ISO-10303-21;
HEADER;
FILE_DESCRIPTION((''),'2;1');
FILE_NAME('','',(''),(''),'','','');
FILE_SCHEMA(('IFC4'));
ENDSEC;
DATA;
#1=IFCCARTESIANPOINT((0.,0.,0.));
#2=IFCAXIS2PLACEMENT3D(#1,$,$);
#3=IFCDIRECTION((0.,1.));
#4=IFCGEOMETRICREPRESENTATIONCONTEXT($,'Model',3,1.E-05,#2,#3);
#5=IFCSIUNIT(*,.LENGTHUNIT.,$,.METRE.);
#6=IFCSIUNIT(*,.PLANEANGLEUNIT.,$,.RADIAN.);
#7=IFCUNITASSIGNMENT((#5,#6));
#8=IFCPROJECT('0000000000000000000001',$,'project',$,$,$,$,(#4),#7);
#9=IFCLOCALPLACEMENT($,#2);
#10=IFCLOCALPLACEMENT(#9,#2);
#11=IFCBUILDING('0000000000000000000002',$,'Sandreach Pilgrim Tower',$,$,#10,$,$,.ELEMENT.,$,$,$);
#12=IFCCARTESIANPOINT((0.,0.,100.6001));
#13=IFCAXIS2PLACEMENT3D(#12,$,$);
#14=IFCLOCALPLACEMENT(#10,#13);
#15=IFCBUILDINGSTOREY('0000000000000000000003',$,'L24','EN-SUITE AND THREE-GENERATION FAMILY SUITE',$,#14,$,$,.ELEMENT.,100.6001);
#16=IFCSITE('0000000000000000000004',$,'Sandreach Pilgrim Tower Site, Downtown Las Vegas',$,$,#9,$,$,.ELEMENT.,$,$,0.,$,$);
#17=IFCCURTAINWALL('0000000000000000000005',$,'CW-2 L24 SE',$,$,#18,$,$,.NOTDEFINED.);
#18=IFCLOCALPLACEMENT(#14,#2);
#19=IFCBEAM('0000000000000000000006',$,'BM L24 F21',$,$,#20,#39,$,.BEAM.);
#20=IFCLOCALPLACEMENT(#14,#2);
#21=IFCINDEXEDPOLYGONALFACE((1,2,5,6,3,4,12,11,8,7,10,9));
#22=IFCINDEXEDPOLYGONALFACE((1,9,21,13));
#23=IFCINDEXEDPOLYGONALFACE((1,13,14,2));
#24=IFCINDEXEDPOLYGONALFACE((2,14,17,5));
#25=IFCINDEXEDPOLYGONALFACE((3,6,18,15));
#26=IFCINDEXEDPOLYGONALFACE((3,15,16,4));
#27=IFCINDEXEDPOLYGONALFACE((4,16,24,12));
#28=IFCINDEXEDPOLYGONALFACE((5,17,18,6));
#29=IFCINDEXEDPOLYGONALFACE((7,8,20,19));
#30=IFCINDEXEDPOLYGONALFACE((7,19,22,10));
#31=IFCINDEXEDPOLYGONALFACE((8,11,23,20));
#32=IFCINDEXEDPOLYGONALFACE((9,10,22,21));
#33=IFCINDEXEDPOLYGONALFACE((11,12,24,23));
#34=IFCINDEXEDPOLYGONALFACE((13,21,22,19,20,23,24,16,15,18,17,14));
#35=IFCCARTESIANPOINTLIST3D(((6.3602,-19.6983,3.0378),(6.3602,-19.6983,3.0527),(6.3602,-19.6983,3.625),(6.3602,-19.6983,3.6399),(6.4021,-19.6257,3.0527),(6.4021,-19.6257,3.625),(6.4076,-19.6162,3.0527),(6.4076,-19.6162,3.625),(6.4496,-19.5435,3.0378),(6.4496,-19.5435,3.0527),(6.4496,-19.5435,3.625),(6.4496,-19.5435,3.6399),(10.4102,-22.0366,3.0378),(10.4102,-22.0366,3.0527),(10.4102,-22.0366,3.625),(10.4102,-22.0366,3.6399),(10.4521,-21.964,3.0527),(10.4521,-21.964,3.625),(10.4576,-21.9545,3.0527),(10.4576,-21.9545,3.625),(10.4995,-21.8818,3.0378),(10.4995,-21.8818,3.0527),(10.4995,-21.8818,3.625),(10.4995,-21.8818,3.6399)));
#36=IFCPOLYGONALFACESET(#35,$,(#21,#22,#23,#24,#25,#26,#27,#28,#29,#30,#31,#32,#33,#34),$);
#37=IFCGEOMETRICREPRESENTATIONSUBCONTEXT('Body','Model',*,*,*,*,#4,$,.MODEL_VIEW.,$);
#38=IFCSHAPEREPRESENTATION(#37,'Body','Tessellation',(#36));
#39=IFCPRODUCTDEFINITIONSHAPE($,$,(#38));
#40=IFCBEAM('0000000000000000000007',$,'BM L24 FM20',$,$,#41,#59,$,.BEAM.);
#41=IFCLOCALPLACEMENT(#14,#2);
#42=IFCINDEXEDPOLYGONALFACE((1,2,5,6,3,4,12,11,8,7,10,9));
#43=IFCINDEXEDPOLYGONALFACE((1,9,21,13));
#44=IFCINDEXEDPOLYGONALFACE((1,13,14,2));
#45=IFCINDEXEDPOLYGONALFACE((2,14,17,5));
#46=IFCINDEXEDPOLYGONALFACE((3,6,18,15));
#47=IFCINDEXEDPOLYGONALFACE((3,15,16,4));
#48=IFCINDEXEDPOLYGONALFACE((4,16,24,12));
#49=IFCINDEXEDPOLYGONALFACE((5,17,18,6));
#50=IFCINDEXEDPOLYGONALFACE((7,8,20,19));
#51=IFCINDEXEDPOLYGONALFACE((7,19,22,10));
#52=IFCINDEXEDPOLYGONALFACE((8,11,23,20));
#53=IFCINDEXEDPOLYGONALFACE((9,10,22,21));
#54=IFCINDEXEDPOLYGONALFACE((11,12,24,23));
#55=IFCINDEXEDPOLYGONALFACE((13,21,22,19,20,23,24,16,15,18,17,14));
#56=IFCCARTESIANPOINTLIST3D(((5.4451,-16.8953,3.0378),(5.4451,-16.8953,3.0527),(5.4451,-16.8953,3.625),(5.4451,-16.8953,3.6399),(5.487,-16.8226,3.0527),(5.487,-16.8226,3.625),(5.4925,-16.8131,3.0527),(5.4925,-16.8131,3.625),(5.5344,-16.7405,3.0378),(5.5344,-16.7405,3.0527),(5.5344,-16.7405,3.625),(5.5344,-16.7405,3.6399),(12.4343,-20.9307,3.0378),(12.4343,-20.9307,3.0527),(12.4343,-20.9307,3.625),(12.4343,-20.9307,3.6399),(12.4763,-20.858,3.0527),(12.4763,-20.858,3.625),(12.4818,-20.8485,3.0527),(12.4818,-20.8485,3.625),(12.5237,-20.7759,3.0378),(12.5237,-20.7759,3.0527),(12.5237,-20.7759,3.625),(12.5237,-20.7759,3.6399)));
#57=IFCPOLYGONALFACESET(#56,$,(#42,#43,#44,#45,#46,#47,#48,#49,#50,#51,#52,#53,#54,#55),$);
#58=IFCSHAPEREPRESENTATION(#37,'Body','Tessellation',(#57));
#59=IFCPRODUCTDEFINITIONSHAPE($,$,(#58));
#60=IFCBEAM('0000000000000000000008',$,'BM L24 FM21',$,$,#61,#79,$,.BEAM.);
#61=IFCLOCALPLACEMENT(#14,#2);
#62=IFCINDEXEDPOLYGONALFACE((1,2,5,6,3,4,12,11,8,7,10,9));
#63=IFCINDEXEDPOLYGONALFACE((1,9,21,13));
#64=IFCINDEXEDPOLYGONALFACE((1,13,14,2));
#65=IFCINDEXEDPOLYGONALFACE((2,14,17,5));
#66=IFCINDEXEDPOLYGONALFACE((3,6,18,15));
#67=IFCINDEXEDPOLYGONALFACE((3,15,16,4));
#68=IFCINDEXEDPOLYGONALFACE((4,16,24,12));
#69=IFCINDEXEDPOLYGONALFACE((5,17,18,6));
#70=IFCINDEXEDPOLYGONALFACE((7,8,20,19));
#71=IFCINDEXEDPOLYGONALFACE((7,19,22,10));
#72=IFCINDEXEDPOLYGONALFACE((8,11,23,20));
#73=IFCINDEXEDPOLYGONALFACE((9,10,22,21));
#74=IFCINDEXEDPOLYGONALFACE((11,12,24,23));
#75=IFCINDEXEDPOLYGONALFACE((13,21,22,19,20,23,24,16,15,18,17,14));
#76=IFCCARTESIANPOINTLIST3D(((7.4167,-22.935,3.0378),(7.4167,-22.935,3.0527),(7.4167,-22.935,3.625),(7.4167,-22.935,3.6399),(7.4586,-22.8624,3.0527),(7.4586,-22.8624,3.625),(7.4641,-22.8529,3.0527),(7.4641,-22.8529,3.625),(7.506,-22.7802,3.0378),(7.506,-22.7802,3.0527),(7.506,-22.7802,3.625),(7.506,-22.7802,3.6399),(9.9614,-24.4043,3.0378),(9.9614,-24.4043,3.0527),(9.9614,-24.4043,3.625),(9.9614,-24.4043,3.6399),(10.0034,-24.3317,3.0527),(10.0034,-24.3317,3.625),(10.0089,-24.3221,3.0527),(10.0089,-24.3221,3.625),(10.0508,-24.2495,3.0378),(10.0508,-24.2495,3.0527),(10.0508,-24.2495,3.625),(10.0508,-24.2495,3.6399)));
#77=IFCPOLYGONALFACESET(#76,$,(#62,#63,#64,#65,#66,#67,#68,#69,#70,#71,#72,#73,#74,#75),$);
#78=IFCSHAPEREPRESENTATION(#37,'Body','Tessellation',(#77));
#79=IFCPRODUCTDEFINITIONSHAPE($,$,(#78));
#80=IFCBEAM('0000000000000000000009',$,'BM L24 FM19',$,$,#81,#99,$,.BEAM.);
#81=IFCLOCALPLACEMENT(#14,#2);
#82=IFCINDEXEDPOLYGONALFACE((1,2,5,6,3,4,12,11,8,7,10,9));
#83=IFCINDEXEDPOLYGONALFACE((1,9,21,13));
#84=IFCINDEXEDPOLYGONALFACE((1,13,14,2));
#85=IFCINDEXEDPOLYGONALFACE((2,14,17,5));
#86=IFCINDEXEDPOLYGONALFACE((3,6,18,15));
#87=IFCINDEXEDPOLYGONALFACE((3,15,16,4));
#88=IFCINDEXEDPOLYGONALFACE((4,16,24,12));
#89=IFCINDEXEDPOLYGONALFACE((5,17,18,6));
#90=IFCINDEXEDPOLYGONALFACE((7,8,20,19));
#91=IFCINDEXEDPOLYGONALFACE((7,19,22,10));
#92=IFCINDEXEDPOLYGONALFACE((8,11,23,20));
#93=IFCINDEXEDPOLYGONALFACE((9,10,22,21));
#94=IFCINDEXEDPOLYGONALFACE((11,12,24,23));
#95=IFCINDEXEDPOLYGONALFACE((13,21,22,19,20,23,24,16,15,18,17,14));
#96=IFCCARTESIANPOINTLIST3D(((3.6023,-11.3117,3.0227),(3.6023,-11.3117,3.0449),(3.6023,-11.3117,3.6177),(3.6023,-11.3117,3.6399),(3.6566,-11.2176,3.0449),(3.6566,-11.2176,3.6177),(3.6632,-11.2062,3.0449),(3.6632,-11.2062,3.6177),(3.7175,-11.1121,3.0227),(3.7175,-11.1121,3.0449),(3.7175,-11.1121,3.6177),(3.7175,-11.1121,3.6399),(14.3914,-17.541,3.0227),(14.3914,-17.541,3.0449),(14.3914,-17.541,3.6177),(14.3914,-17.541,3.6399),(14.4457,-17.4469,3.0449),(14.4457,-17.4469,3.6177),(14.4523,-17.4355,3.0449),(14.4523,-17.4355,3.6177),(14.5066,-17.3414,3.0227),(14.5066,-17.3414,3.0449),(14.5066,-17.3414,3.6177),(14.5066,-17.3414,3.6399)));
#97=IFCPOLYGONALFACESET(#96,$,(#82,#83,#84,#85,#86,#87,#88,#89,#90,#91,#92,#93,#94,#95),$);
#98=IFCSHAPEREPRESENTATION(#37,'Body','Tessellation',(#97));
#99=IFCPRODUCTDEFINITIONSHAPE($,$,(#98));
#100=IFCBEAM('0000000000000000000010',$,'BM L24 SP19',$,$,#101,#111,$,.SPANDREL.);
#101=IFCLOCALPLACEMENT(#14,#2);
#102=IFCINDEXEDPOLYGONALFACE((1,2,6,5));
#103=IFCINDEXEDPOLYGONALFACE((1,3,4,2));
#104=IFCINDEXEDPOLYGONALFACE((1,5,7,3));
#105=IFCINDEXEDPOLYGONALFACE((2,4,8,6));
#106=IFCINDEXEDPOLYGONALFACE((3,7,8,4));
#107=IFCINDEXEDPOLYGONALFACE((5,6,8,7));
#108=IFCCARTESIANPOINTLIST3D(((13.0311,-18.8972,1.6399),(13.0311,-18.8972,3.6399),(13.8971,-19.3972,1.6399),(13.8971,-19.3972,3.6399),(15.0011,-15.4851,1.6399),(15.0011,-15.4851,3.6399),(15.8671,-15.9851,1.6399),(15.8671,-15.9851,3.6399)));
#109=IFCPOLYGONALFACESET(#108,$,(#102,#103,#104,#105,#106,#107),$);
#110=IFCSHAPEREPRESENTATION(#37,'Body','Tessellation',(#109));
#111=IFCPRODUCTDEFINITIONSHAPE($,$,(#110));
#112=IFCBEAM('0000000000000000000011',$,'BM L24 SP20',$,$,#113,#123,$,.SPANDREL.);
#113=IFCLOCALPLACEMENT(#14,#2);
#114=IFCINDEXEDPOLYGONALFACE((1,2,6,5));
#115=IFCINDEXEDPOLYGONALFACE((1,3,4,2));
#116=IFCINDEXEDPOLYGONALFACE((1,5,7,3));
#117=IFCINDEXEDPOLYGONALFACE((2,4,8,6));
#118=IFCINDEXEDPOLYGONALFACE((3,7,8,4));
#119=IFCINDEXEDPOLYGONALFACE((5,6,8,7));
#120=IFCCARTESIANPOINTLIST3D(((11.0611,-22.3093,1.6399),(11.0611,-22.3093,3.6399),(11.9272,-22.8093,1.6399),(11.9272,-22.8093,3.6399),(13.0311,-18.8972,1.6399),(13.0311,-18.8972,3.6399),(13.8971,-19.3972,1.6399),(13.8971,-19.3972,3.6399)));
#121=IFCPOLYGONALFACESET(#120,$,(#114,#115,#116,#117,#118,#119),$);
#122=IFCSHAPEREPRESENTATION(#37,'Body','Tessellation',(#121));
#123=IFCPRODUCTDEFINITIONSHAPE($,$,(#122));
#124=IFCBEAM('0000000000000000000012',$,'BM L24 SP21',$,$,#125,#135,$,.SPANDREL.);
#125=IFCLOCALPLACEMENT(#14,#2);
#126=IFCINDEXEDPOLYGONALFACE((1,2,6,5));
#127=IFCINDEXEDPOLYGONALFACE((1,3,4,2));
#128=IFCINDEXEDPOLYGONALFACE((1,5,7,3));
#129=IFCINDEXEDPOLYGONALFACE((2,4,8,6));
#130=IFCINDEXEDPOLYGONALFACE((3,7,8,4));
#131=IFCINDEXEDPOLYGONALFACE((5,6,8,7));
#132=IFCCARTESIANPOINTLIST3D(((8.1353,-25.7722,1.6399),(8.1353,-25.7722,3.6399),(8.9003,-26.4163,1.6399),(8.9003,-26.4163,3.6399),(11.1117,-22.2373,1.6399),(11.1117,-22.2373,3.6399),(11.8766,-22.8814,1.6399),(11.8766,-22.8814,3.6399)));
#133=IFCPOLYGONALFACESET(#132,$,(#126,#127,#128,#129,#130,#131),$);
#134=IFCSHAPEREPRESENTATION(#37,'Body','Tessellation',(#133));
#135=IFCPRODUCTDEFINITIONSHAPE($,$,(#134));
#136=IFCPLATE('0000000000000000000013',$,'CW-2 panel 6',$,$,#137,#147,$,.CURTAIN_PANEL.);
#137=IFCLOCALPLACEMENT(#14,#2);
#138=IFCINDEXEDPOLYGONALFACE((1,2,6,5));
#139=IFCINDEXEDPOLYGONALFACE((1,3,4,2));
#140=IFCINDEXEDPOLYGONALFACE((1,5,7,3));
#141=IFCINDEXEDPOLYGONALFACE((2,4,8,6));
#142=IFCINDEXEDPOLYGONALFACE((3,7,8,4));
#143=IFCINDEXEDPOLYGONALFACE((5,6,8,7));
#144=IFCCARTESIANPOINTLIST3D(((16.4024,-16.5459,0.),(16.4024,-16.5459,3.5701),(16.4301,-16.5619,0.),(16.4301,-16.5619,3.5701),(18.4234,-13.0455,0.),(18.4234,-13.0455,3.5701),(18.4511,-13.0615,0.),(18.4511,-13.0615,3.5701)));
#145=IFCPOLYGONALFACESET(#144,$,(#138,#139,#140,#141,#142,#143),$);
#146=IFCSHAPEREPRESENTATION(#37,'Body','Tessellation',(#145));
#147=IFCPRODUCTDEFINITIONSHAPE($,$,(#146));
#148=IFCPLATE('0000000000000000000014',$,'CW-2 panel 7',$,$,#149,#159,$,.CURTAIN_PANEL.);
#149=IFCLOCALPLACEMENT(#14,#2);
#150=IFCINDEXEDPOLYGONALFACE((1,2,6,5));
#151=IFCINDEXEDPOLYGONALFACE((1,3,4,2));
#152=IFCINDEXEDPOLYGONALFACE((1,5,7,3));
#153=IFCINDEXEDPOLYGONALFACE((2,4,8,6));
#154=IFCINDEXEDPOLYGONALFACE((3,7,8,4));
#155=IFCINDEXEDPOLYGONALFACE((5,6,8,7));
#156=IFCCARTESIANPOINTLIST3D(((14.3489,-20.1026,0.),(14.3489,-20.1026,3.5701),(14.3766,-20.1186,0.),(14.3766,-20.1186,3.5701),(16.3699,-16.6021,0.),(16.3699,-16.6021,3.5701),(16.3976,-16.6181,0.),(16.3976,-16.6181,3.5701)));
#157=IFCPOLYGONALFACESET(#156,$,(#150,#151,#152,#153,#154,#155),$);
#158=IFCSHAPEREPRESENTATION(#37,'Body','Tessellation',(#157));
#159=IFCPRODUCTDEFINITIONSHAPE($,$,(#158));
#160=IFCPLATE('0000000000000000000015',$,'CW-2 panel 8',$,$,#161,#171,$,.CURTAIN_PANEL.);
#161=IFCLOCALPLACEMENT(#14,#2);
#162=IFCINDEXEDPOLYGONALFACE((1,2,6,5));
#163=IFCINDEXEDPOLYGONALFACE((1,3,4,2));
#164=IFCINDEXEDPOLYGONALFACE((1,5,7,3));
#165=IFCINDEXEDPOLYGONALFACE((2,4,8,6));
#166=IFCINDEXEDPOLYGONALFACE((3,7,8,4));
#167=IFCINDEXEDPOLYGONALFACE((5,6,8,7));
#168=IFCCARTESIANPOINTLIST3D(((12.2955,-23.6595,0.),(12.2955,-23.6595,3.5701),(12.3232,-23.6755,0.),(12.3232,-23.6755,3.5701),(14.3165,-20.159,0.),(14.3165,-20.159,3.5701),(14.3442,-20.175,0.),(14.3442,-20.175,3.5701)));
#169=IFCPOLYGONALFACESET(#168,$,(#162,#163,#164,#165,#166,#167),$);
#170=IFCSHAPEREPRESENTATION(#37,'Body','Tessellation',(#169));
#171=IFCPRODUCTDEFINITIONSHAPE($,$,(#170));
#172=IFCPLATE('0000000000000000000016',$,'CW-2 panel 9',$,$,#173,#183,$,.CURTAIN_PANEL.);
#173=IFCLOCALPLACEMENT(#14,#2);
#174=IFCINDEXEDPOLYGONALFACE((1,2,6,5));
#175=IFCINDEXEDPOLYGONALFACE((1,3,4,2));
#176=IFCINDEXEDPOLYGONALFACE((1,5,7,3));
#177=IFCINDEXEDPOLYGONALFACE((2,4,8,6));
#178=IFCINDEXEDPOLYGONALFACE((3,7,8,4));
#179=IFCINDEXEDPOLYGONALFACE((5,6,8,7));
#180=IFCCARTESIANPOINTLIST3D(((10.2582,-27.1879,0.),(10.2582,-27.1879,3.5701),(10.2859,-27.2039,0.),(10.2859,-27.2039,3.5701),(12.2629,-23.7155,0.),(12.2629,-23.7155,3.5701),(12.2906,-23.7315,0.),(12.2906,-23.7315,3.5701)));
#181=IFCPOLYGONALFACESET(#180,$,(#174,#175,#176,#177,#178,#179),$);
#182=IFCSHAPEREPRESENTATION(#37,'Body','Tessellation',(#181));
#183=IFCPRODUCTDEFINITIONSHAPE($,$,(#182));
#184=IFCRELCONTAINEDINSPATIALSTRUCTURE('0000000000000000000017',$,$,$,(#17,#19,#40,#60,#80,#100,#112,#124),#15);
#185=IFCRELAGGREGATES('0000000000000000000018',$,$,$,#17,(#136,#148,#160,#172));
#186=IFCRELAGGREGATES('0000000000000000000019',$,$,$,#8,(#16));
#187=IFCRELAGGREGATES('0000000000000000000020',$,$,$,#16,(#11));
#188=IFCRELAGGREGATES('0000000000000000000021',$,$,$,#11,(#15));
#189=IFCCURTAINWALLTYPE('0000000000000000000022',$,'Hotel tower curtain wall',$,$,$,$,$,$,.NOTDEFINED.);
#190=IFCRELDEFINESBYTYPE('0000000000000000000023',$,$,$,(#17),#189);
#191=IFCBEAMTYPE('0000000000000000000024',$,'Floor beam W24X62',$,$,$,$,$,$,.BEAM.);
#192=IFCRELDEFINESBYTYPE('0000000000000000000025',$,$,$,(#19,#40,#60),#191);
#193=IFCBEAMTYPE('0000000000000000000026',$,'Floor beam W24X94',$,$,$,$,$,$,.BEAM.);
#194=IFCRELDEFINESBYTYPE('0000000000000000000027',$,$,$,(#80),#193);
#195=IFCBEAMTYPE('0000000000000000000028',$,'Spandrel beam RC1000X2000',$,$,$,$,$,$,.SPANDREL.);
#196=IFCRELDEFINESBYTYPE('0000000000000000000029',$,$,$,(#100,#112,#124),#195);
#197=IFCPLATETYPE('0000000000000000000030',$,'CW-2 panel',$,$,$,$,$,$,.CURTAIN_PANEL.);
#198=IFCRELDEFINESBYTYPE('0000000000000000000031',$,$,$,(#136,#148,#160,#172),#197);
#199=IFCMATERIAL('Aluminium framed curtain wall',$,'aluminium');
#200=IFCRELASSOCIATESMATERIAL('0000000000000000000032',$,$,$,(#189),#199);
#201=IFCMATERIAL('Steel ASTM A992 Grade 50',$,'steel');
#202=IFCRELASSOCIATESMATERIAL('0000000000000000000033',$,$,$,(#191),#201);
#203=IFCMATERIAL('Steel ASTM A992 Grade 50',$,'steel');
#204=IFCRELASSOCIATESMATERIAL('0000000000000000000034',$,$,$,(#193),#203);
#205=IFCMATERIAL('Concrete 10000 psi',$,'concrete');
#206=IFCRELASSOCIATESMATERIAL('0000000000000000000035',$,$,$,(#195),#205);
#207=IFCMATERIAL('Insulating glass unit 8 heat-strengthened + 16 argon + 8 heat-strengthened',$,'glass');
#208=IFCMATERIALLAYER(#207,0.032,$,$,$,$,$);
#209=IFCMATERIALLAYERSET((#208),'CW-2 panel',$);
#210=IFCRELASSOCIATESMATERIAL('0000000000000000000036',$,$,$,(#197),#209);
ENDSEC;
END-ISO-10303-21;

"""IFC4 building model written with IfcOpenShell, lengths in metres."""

from ifc_helpers import new_model, si_unit, direction, frame, origin, origin_2d, place, context, subcontext, project, spatial, rectangle, i_section, extrude, material, layer, layer_set, material_profile, profile_set, type_object, element, aggregate, save


model = new_model("IFC4")

# Units and contexts
model_context = context("Model", 3, precision=1e-05, world=origin(), true_north=direction((0.0, 1.0)))
body_context = subcontext(model_context, "Body", "Model", "MODEL_VIEW")
ifc_project = project(units=[si_unit("LENGTHUNIT", "METRE"), si_unit("PLANEANGLEUNIT", "RADIAN")], contexts=[model_context])

# Site, building, storey
site_placement = place(None, origin())
site = spatial("IfcSite", under=ifc_project, at=site_placement, Name="Sandreach Pilgrim Tower Site, Downtown Las Vegas", CompositionType="ELEMENT", RefElevation=0.0)
building_placement = place(site_placement, origin())
building = spatial("IfcBuilding", under=site, at=building_placement, Name="Sandreach Pilgrim Tower", CompositionType="ELEMENT")
storey_placement = place(building_placement, frame((0.0, 0.0, 100.6001)))
storey = spatial("IfcBuildingStorey", under=building, at=storey_placement, Name="L24", Description="EN-SUITE AND THREE-GENERATION FAMILY SUITE", CompositionType="ELEMENT", Elevation=100.6001)

# Curtain wall
ifc_material_1 = material(Name="Aluminium framed curtain wall", Category="aluminium")
curtain_wall_type = type_object("IfcCurtainWallType", Name="Hotel tower curtain wall", PredefinedType="NOTDEFINED", material=ifc_material_1)
curtain_wall_1_placement = place(storey_placement, origin())
curtain_wall_1 = element("IfcCurtainWall", 1, at=curtain_wall_1_placement, inside=storey, type_object=curtain_wall_type, Name="CW-2 L24 SE", PredefinedType="NOTDEFINED")

# Beams
ifc_material_2 = material(Name="Steel ASTM A992 Grade 50", Category="steel")
ifc_material_profile_1 = material_profile(ifc_material_2, i_section(OverallWidth=0.1787, OverallDepth=0.6021, WebThickness=0.011, FlangeThickness=0.0149, at=origin_2d()), Name="W24X62")
ifc_profile_set_1 = profile_set([ifc_material_profile_1], Name="Steel ASTM A992 Grade 50")
beam_type_1 = type_object("IfcBeamType", Name="Floor beam W24X62", PredefinedType="BEAM", material=ifc_profile_set_1)
beam_1_placement = place(storey_placement, frame((10.4548, -21.9592, 3.3389), z_axis=(-0.866018, 0.500013, 0.0), x_axis=(-0.500013, -0.866018, 0.0)))
element("IfcBeam", 2, at=beam_1_placement, inside=storey, type_object=beam_type_1, Name="BM L24 F21", PredefinedType="BEAM", context=body_context, shape_type="SweptSolid", body=[
    extrude(i_section(OverallWidth=0.1787, OverallDepth=0.6021, WebThickness=0.011, FlangeThickness=0.0149, at=origin_2d()), origin(), (0.0, 0.0, 1.0), 4.6765),
])
beam_2_placement = place(storey_placement, frame((12.479, -20.8533, 3.3389), z_axis=(-0.866017, 0.500014, 0.0), x_axis=(-0.500014, -0.866017, 0.0)))
element("IfcBeam", 3, at=beam_2_placement, inside=storey, type_object=beam_type_1, Name="BM L24 FM20", PredefinedType="BEAM", context=body_context, shape_type="SweptSolid", body=[
    extrude(i_section(OverallWidth=0.1787, OverallDepth=0.6021, WebThickness=0.011, FlangeThickness=0.0149, at=origin_2d()), origin(), (0.0, 0.0, 1.0), 8.0706),
])
beam_3_placement = place(storey_placement, frame((10.0061, -24.3269, 3.3389), z_axis=(-0.866015, 0.500017, 0.0), x_axis=(-0.500017, -0.866015, 0.0)))
element("IfcBeam", 4, at=beam_3_placement, inside=storey, type_object=beam_type_1, Name="BM L24 FM21", PredefinedType="BEAM", context=body_context, shape_type="SweptSolid", body=[
    extrude(i_section(OverallWidth=0.1787, OverallDepth=0.6021, WebThickness=0.011, FlangeThickness=0.0149, at=origin_2d()), origin(), (0.0, 0.0, 1.0), 2.9385),
])
ifc_material_3 = material(Name="Steel ASTM A992 Grade 50", Category="steel")
ifc_material_profile_2 = material_profile(ifc_material_3, i_section(OverallWidth=0.2305, OverallDepth=0.6172, WebThickness=0.0132, FlangeThickness=0.0222, at=origin_2d()), Name="W24X94")
ifc_profile_set_2 = profile_set([ifc_material_profile_2], Name="Steel ASTM A992 Grade 50")
beam_type_2 = type_object("IfcBeamType", Name="Floor beam W24X94", PredefinedType="BEAM", material=ifc_profile_set_2)
beam_4_placement = place(storey_placement, frame((14.449, -17.4412, 3.3313), z_axis=(-0.866019, 0.500011, 0.0), x_axis=(-0.500011, -0.866019, 0.0)))
element("IfcBeam", 5, at=beam_4_placement, inside=storey, type_object=beam_type_2, Name="BM L24 FM19", PredefinedType="BEAM", context=body_context, shape_type="SweptSolid", body=[
    extrude(i_section(OverallWidth=0.2305, OverallDepth=0.6172, WebThickness=0.0132, FlangeThickness=0.0222, at=origin_2d()), origin(), (0.0, 0.0, 1.0), 12.4583),
])
ifc_material_4 = material(Name="Concrete 10000 psi", Category="concrete")
ifc_material_profile_3 = material_profile(ifc_material_4, rectangle(XDim=1.0, YDim=2.0, at=origin_2d()), Name="RC1000X2000")
ifc_profile_set_3 = profile_set([ifc_material_profile_3], Name="Concrete 10000 psi")
beam_type_3 = type_object("IfcBeamType", Name="Spandrel beam RC1000X2000", PredefinedType="SPANDREL", material=ifc_profile_set_3)
for number, where, z_axis, x_axis, name in (
    (6, (15.4341, -15.7351, 2.6399), (-0.499998, -0.866027, 0.0), (0.866027, -0.499998, 0.0), "BM L24 SP19"),
    (7, (13.4641, -19.1472, 2.6399), (-0.499998, -0.866027, 0.0), (0.866027, -0.499998, 0.0), "BM L24 SP20"),
):
    element("IfcBeam", number, at=place(storey_placement, frame(where, z_axis=z_axis, x_axis=x_axis)), inside=storey, type_object=beam_type_3, Name=name, PredefinedType="SPANDREL", context=body_context, shape_type="SweptSolid", body=[
        extrude(rectangle(XDim=1.0, YDim=2.0, at=origin_2d()), origin(), (0.0, 0.0, 1.0), 3.9399),
    ])
beam_5_placement = place(storey_placement, frame((11.4941, -22.5593, 2.6399), z_axis=(-0.644079, -0.764959, 0.0), x_axis=(0.764959, -0.644079, 0.0)))
element("IfcBeam", 8, at=beam_5_placement, inside=storey, type_object=beam_type_3, Name="BM L24 SP21", PredefinedType="SPANDREL", context=body_context, shape_type="SweptSolid", body=[
    extrude(rectangle(XDim=1.0, YDim=2.0, at=origin_2d()), origin(), (0.0, 0.0, 1.0), 4.6211),
])

# Plates
ifc_material_5 = material(Name="Insulating glass unit 8 heat-strengthened + 16 argon + 8 heat-strengthened", Category="glass")
ifc_layer_1 = layer(ifc_material_5, 0.032)
ifc_layer_set_1 = layer_set([ifc_layer_1], Name="CW-2 panel")
plate_type = type_object("IfcPlateType", Name="CW-2 panel", PredefinedType="CURTAIN_PANEL", material=ifc_layer_set_1)
plate_1_placement = place(storey_placement, frame((17.4268, -14.8037, 0.0), z_axis=(0.0, 0.0, 1.0), x_axis=(-0.5, -0.866025, 0.0)))
plate_1 = element("IfcPlate", 9, at=plate_1_placement, type_object=plate_type, Name="CW-2 panel 6", PredefinedType="CURTAIN_PANEL", context=body_context, shape_type="SweptSolid", body=[
    extrude(rectangle(XDim=4.042, YDim=0.032, at=origin_2d()), origin(), (0.0, 0.0, 1.0), 3.5701),
])
plate_2_placement = place(storey_placement, frame((15.3733, -18.3604, 0.0), z_axis=(0.0, 0.0, 1.0), x_axis=(-0.5, -0.866025, 0.0)))
plate_2 = element("IfcPlate", 10, at=plate_2_placement, type_object=plate_type, Name="CW-2 panel 7", PredefinedType="CURTAIN_PANEL", context=body_context, shape_type="SweptSolid", body=[
    extrude(rectangle(XDim=4.042, YDim=0.032, at=origin_2d()), origin(), (0.0, 0.0, 1.0), 3.5701),
])
plate_3_placement = place(storey_placement, frame((13.3198, -21.9172, 0.0), z_axis=(0.0, 0.0, 1.0), x_axis=(-0.5, -0.866025, 0.0)))
plate_3 = element("IfcPlate", 11, at=plate_3_placement, type_object=plate_type, Name="CW-2 panel 8", PredefinedType="CURTAIN_PANEL", context=body_context, shape_type="SweptSolid", body=[
    extrude(rectangle(XDim=4.042, YDim=0.032, at=origin_2d()), origin(), (0.0, 0.0, 1.0), 3.5701),
])
plate_4_placement = place(storey_placement, frame((11.2744, -25.4597, 0.0), z_axis=(0.0, 0.0, 1.0), x_axis=(-0.5, -0.866025, 0.0)))
plate_4 = element("IfcPlate", 12, at=plate_4_placement, type_object=plate_type, Name="CW-2 panel 9", PredefinedType="CURTAIN_PANEL", context=body_context, shape_type="SweptSolid", body=[
    extrude(rectangle(XDim=4.0095, YDim=0.032, at=origin_2d()), origin(), (0.0, 0.0, 1.0), 3.5701),
])
aggregate(curtain_wall_1, [plate_1, plate_2, plate_3, plate_4])

save(model, "model.ifc")
